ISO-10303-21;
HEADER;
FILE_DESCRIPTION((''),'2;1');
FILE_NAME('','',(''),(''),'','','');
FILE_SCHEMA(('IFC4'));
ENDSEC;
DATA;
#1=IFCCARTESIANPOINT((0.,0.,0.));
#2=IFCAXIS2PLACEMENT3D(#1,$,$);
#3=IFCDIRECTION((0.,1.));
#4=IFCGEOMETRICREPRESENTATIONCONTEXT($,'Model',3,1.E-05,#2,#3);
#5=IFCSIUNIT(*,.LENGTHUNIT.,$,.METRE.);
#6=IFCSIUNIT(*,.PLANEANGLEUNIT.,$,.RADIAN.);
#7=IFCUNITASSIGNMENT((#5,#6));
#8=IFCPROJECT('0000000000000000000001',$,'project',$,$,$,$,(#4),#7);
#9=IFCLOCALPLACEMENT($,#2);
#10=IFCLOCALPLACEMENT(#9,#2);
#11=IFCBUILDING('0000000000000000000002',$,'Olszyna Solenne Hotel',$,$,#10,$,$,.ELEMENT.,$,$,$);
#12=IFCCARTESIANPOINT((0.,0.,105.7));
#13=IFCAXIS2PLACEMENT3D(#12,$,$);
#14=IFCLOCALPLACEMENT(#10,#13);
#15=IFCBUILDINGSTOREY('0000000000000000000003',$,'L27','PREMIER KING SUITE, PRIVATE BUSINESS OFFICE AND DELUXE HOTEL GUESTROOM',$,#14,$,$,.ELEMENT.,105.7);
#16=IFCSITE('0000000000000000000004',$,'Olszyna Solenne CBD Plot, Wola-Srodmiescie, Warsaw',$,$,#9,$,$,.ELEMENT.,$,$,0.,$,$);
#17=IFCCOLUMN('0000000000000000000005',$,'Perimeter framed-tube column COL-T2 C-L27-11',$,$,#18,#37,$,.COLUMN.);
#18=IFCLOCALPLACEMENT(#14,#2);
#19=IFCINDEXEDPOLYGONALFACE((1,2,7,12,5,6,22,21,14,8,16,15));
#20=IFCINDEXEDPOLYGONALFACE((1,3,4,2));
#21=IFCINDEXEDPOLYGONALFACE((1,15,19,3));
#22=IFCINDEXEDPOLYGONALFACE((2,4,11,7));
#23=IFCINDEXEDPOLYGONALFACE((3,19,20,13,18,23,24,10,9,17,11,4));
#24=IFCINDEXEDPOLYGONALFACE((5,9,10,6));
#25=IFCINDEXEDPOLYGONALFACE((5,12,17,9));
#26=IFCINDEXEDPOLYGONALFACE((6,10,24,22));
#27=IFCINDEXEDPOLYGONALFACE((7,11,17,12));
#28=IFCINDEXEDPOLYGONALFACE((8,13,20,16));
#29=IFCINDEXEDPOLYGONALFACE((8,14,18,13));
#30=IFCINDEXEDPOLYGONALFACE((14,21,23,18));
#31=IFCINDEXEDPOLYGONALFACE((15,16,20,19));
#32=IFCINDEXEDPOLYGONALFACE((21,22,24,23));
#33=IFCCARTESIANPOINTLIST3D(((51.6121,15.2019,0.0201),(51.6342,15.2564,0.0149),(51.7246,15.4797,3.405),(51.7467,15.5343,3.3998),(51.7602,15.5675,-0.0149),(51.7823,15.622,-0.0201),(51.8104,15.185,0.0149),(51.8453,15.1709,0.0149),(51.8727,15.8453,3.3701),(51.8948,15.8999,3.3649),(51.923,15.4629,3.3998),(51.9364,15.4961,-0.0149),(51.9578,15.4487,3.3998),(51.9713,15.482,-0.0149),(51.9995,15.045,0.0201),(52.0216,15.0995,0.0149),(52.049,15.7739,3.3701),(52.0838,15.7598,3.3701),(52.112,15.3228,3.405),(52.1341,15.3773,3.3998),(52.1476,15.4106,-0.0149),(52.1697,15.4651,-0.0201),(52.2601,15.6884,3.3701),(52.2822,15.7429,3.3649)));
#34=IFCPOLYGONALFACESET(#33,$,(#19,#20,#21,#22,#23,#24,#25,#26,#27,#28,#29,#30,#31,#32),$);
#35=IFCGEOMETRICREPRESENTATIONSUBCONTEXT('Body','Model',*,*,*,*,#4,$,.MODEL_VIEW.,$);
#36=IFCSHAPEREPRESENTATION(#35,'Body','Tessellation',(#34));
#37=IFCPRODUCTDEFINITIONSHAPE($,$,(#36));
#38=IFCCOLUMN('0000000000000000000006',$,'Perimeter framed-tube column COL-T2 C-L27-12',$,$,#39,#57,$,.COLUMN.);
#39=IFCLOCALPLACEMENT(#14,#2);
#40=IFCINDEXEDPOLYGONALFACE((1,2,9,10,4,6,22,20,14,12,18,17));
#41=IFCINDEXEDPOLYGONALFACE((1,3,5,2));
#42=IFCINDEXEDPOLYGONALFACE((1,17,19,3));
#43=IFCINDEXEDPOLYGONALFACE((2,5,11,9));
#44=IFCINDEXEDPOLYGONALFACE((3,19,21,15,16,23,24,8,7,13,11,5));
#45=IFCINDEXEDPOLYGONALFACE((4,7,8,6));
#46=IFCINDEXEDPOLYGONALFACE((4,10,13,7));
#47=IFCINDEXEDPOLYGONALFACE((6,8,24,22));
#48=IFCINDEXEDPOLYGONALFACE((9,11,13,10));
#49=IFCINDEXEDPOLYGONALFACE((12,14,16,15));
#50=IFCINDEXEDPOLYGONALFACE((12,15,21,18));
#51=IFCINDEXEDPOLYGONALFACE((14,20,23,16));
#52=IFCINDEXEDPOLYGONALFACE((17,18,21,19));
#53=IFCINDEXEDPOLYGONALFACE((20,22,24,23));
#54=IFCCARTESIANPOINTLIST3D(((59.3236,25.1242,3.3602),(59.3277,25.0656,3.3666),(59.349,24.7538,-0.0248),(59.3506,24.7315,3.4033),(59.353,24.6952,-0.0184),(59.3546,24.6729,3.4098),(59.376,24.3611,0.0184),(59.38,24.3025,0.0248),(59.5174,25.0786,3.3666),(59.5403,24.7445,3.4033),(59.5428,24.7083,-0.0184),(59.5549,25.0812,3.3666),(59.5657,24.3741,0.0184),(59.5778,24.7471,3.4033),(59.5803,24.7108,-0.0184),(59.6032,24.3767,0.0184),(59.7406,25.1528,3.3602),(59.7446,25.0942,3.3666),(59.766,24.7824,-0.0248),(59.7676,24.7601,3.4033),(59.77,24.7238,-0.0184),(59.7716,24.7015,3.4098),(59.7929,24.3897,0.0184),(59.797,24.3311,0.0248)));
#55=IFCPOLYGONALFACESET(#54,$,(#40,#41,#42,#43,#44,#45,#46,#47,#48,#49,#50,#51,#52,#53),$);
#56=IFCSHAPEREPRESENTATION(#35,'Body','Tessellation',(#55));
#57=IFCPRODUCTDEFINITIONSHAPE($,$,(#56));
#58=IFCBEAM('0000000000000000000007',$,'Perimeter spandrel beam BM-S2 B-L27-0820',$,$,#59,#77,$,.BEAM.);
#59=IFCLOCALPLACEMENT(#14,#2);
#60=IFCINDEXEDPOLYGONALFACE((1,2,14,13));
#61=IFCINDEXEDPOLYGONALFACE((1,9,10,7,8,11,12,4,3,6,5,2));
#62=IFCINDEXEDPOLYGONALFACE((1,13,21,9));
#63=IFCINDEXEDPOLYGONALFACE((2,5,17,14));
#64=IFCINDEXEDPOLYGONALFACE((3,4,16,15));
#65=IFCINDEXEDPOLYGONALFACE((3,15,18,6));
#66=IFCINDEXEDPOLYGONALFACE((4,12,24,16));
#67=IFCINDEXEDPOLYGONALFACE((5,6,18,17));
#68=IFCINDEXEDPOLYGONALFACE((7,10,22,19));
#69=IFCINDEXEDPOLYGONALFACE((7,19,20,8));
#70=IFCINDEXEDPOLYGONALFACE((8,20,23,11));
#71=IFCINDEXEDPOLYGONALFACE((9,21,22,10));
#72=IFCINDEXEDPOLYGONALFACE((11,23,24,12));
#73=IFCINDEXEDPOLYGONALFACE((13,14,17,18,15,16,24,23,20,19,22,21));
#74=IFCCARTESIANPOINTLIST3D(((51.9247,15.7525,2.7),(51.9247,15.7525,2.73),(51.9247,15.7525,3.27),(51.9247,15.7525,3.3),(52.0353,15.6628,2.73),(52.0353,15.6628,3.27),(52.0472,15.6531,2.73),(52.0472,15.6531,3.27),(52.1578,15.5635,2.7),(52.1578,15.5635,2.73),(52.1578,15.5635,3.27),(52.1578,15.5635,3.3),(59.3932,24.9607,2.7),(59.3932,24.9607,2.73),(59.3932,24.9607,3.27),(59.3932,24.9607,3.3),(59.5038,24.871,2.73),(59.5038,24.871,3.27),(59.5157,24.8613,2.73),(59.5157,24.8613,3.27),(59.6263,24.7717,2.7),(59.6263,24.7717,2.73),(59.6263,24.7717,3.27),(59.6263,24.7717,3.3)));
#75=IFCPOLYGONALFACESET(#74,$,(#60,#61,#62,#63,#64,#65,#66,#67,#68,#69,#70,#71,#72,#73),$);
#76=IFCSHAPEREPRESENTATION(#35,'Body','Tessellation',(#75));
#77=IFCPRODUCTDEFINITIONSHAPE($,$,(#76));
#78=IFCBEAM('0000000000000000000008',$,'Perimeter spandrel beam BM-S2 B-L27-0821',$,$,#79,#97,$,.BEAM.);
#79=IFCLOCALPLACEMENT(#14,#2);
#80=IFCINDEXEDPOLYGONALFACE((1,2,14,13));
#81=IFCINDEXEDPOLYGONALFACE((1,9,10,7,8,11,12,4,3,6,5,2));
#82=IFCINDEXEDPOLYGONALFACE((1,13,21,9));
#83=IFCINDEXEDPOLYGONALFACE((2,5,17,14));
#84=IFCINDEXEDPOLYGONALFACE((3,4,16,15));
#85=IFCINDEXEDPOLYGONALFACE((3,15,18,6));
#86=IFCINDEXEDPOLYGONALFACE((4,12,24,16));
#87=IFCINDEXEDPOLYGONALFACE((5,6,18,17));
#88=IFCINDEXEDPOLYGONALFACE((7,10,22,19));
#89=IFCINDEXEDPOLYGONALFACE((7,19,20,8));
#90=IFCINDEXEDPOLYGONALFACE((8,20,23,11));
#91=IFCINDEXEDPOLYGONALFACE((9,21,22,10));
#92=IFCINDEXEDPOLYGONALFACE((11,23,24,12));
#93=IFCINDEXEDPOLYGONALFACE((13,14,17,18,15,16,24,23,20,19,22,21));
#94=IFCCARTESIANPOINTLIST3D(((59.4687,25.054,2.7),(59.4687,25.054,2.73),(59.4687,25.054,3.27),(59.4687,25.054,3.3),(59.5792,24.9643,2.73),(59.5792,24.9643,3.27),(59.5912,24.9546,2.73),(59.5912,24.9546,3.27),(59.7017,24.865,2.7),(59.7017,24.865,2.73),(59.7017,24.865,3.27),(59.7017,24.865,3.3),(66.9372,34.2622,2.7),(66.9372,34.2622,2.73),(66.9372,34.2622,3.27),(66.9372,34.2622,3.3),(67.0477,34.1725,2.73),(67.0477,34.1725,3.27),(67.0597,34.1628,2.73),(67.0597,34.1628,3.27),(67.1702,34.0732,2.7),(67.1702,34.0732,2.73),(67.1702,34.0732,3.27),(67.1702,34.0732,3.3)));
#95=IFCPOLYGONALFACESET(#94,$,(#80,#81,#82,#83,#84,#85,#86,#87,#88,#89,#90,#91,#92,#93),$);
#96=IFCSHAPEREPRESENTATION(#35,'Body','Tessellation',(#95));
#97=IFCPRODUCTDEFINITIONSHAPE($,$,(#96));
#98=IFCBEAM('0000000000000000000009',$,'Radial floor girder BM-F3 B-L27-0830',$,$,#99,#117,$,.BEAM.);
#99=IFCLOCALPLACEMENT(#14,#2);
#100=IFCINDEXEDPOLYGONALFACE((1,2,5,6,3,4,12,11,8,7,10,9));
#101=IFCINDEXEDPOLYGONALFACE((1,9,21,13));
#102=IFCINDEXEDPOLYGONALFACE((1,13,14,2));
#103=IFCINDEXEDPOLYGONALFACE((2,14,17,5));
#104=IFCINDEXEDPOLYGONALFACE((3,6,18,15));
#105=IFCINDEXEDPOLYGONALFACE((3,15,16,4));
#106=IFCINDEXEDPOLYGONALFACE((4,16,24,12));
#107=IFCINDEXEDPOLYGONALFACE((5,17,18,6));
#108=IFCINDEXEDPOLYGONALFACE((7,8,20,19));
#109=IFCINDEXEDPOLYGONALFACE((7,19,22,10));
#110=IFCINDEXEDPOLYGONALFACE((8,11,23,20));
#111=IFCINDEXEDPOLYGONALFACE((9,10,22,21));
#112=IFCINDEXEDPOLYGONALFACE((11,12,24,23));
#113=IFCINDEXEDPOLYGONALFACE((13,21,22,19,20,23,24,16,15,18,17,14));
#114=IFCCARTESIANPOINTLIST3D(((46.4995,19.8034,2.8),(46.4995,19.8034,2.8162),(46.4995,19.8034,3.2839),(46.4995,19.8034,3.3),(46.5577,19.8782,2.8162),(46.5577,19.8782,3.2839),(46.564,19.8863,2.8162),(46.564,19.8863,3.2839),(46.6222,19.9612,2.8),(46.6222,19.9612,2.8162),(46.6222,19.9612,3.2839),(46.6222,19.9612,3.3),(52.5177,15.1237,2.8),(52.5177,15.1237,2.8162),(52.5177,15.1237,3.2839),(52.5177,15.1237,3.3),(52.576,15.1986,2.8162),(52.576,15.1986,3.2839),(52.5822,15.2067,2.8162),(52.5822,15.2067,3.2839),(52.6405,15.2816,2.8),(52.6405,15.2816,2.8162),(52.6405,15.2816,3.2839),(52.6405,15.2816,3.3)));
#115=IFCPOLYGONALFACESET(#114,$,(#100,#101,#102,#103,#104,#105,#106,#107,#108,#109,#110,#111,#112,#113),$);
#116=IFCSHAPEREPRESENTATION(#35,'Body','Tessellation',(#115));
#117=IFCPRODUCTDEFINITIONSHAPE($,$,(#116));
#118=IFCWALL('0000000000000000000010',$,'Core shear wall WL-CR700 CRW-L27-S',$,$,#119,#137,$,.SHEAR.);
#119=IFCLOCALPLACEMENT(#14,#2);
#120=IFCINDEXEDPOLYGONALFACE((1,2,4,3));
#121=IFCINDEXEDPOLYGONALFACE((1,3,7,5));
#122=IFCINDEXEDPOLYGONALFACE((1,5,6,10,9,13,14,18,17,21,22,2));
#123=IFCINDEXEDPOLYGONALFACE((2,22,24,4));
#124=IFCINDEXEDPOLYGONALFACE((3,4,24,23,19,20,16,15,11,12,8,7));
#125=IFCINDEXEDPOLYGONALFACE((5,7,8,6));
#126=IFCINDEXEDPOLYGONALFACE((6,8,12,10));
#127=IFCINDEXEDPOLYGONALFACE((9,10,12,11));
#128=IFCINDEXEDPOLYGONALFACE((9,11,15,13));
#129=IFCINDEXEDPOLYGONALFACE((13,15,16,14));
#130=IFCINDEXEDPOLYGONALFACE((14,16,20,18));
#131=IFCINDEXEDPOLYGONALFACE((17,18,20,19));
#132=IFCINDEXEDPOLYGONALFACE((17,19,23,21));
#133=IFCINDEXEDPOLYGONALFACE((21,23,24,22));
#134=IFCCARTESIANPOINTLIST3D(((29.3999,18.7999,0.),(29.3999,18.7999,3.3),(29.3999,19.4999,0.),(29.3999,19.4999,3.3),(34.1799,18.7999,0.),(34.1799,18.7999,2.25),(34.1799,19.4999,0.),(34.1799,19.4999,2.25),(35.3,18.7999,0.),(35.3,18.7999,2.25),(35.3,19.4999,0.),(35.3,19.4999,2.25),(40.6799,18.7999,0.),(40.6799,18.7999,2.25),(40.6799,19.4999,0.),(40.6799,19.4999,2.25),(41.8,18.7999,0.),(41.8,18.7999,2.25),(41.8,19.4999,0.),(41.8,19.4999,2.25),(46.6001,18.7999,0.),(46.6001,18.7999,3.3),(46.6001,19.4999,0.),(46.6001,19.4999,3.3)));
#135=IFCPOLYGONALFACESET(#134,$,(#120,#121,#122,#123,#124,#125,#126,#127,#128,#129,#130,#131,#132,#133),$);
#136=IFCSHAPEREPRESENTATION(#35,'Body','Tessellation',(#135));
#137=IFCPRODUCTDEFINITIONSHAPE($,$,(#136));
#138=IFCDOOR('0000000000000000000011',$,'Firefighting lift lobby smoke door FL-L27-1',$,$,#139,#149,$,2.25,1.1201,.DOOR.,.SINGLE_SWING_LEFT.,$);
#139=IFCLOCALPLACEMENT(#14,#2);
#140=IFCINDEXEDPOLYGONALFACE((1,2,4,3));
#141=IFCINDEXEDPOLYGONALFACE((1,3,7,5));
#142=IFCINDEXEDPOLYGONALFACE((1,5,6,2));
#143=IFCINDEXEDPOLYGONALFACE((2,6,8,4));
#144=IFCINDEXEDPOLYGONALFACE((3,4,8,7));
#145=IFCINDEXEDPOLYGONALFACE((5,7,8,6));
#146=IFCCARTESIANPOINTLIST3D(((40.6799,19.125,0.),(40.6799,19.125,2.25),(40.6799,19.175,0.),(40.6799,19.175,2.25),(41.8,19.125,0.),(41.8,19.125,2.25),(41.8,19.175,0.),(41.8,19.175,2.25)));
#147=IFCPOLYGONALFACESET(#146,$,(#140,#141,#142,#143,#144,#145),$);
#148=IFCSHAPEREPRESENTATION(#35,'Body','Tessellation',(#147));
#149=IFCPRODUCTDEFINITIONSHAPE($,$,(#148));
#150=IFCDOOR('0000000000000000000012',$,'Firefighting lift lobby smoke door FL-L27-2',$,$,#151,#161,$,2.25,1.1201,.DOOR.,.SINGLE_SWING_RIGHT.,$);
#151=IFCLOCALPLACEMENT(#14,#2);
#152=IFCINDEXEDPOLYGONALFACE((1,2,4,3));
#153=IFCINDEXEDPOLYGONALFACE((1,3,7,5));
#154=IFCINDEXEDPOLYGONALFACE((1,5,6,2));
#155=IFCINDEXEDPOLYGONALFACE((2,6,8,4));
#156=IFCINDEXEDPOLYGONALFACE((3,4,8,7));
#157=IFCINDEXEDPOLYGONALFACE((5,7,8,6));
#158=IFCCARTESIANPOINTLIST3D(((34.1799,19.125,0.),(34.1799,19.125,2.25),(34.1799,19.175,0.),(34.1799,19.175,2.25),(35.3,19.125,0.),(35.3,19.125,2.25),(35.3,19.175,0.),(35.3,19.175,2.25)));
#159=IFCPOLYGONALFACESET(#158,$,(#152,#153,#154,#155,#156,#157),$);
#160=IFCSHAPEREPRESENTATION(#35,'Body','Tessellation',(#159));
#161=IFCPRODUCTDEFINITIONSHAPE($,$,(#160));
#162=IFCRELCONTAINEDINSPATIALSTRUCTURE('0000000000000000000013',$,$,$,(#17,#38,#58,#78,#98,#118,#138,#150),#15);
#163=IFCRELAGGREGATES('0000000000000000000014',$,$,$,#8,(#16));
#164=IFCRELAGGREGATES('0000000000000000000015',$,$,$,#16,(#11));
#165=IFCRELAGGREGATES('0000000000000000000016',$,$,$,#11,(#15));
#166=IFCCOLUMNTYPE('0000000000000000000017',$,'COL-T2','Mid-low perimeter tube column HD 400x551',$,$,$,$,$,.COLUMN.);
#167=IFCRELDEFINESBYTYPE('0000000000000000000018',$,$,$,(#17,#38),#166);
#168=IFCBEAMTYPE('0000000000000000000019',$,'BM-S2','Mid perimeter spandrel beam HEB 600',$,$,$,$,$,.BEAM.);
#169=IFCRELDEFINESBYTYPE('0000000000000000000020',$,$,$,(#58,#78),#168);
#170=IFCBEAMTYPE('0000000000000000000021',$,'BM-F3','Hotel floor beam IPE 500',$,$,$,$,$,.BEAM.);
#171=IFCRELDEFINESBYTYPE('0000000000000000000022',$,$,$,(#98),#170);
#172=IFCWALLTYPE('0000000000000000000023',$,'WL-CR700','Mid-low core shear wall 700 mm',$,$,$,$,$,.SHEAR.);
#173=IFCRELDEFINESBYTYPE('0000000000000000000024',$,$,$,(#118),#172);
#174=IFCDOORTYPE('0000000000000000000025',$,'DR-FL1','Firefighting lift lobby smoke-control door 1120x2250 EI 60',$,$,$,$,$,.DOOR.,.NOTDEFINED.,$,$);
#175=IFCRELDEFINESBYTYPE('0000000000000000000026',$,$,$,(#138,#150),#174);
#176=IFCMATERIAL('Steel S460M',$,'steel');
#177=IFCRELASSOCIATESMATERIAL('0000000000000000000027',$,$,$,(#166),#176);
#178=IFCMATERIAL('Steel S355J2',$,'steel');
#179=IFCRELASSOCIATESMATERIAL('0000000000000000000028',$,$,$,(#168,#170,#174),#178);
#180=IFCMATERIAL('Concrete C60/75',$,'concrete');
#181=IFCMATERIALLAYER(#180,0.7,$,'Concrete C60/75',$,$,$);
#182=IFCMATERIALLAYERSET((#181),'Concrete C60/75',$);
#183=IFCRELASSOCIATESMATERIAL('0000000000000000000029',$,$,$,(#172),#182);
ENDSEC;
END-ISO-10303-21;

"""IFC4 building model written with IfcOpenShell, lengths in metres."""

from ifc_helpers import new_model, si_unit, direction, frame, frame_2d, origin, origin_2d, place, context, subcontext, project, spatial, rectangle, i_section, extrude, source, transform, mapped, material, layer, layer_set, material_profile, profile_set, type_object, type_shapes, element, fill, save


model = new_model("IFC4")

# Units and contexts
model_context = context("Model", 3, precision=1e-05, world=origin(), true_north=direction((0.0, 1.0)))
body_context = subcontext(model_context, "Body", "Model", "MODEL_VIEW")
ifc_project = project(units=[si_unit("LENGTHUNIT", "METRE"), si_unit("PLANEANGLEUNIT", "RADIAN")], contexts=[model_context])

# Site, building, storey
site_placement = place(None, origin())
site = spatial("IfcSite", under=ifc_project, at=site_placement, Name="Olszyna Solenne CBD Plot, Wola-Srodmiescie, Warsaw", CompositionType="ELEMENT", RefElevation=0.0)
building_placement = place(site_placement, origin())
building = spatial("IfcBuilding", under=site, at=building_placement, Name="Olszyna Solenne Hotel", CompositionType="ELEMENT")
storey_placement = place(building_placement, frame((0.0, 0.0, 105.7)))
storey = spatial("IfcBuildingStorey", under=building, at=storey_placement, Name="L27", Description="PREMIER KING SUITE, PRIVATE BUSINESS OFFICE AND DELUXE HOTEL GUESTROOM", CompositionType="ELEMENT", Elevation=105.7)

# Columns
ifc_material_1 = material(Name="Steel S460M", Category="steel")
ifc_material_profile_1 = material_profile(ifc_material_1, i_section(OverallWidth=0.418, OverallDepth=0.4551, WebThickness=0.0376, FlangeThickness=0.0591, at=origin_2d()), Name="HD 400x551", Category="load-bearing")
ifc_profile_set_1 = profile_set([ifc_material_profile_1], Name="Steel S460M")
column_type = type_object("IfcColumnType", Name="COL-T2", Description="Mid-low perimeter tube column HD 400x551", PredefinedType="COLUMN", material=ifc_profile_set_1)
shared_shape_1 = source(origin(), body_context, "Body", "SweptSolid", [
    extrude(i_section(OverallWidth=0.418, OverallDepth=0.4551, WebThickness=0.0376, FlangeThickness=0.0591, at=origin_2d()), origin(), (0.0, 0.0, 1.0), 3.3982),
])
column_1_placement = place(storey_placement, frame((51.8909, 15.3335, 0.0), z_axis=(0.03312, 0.081757, 0.996102), x_axis=(-0.926839, 0.375459, 0.0)))
element("IfcColumn", 1, at=column_1_placement, inside=storey, type_object=column_type, Name="Perimeter framed-tube column COL-T2 C-L27-11", PredefinedType="COLUMN", context=body_context, shape_type="MappedRepresentation", body=[
    mapped(shared_shape_1, transform((0.0, 0.0, 0.0), x_axis=(1.0, 0.0, 0.0), y_axis=(0.0, 1.0, 0.0), z_axis=(0.0, 0.0, 1.0), scale=1.0)),
])
shared_shape_2 = source(origin(), body_context, "Body", "SweptSolid", [
    extrude(i_section(OverallWidth=0.418, OverallDepth=0.4551, WebThickness=0.0376, FlangeThickness=0.0591, at=origin_2d()), origin(), (0.0, 0.0, 1.0), 3.4053),
])
column_2_placement = place(storey_placement, frame((59.573, 24.5425, 0.0), z_axis=(-0.007456, 0.10876, 0.99404), x_axis=(-0.997658, -0.068396, 0.0)))
element("IfcColumn", 2, at=column_2_placement, inside=storey, type_object=column_type, Name="Perimeter framed-tube column COL-T2 C-L27-12", PredefinedType="COLUMN", context=body_context, shape_type="MappedRepresentation", body=[
    mapped(shared_shape_2, transform((0.0, 0.0, 0.0), x_axis=(1.0, 0.0, 0.0), y_axis=(0.0, 1.0, 0.0), z_axis=(0.0, 0.0, 1.0), scale=1.0)),
])

# Beams
ifc_material_2 = material(Name="Steel S355J2", Category="steel")
ifc_material_profile_2 = material_profile(ifc_material_2, i_section(OverallWidth=0.3, OverallDepth=0.6001, WebThickness=0.0154, FlangeThickness=0.03, at=origin_2d()), Name="HEB 600", Category="load-bearing")
ifc_profile_set_2 = profile_set([ifc_material_profile_2], Name="Steel S355J2")
beam_type_1 = type_object("IfcBeamType", Name="BM-S2", Description="Mid perimeter spandrel beam HEB 600", PredefinedType="BEAM", material=ifc_profile_set_2)
shared_shape_3 = source(origin(), body_context, "Body", "SweptSolid", [
    extrude(i_section(OverallWidth=0.3, OverallDepth=0.6001, WebThickness=0.0154, FlangeThickness=0.03, at=origin_2d()), origin(), (0.0, 0.0, 1.0), 11.8562),
])
for number, where, z_axis, x_axis, name in (
    (3, (52.0413, 15.658, 3.0), (0.629922, 0.776659, 0.0), (-0.776659, 0.629922, 0.0), "Perimeter spandrel beam BM-S2 B-L27-0820"),
    (4, (59.5852, 24.9595, 3.0), (0.629922, 0.776659, 0.0), (-0.776659, 0.629922, 0.0), "Perimeter spandrel beam BM-S2 B-L27-0821"),
):
    element("IfcBeam", number, at=place(storey_placement, frame(where, z_axis=z_axis, x_axis=x_axis)), inside=storey, type_object=beam_type_1, Name=name, PredefinedType="BEAM", context=body_context, shape_type="MappedRepresentation", body=[
        mapped(shared_shape_3, transform((0.0, 0.0, 0.0), x_axis=(1.0, 0.0, 0.0), y_axis=(0.0, 1.0, 0.0), z_axis=(0.0, 0.0, 1.0), scale=1.0)),
    ])
ifc_material_profile_3 = material_profile(ifc_material_2, i_section(OverallWidth=0.2, OverallDepth=0.5, WebThickness=0.0103, FlangeThickness=0.0161, at=origin_2d()), Name="IPE 500", Category="load-bearing")
ifc_profile_set_3 = profile_set([ifc_material_profile_3], Name="Steel S355J2")
beam_type_2 = type_object("IfcBeamType", Name="BM-F3", Description="Hotel floor beam IPE 500", PredefinedType="BEAM", material=ifc_profile_set_3)
shared_shape_4 = source(origin(), body_context, "Body", "SweptSolid", [
    extrude(i_section(OverallWidth=0.2, OverallDepth=0.5, WebThickness=0.0103, FlangeThickness=0.0161, at=origin_2d()), origin(), (0.0, 0.0, 1.0), 7.6235),
])
beam_placement = place(storey_placement, frame((52.5791, 15.2026, 3.05), z_axis=(-0.78943, 0.613841, 0.0), x_axis=(-0.613841, -0.78943, 0.0)))
element("IfcBeam", 5, at=beam_placement, inside=storey, type_object=beam_type_2, Name="Radial floor girder BM-F3 B-L27-0830", PredefinedType="BEAM", context=body_context, shape_type="MappedRepresentation", body=[
    mapped(shared_shape_4, transform((0.0, 0.0, 0.0), x_axis=(1.0, 0.0, 0.0), y_axis=(0.0, 1.0, 0.0), z_axis=(0.0, 0.0, 1.0), scale=1.0)),
])

# Wall, openings, doors
ifc_material_3 = material(Name="Concrete C60/75", Category="concrete")
ifc_layer_1 = layer(ifc_material_3, 0.7, Name="Concrete C60/75")
ifc_layer_set_1 = layer_set([ifc_layer_1], Name="Concrete C60/75")
wall_type_1 = type_object("IfcWallType", Name="WL-CR700", Description="Mid-low core shear wall 700 mm", PredefinedType="SHEAR", material=ifc_layer_set_1)
wall_1_placement = place(storey_placement, frame((46.6001, 19.1499, 0.0), z_axis=(0.0, 0.0, 1.0), x_axis=(-1.0, 0.0, 0.0)))
wall_1 = element("IfcWall", 6, at=wall_1_placement, inside=storey, type_object=wall_type_1, Name="Core shear wall WL-CR700 CRW-L27-S", PredefinedType="SHEAR", context=body_context, shape_type="SweptSolid", body=[
    extrude(rectangle(XDim=17.2002, YDim=0.7, at=frame_2d((8.6001, 0.0))), origin(), (0.0, 0.0, 1.0), 3.3),
])
opening_1_placement = place(wall_1_placement, frame((4.8, 0.0, 0.0)))
opening_1 = element("IfcOpeningElement", 7, at=opening_1_placement, cuts=wall_1, PredefinedType="OPENING", context=body_context, shape_type="SweptSolid", body=[
    extrude(rectangle(XDim=1.1201, YDim=2.25, at=frame_2d((0.5601, 1.125))), frame((0.0, 0.3599, 0.0), z_axis=(0.0, -1.0, 0.0), x_axis=(1.0, 0.0, 0.0)), (0.0, 0.0, 1.0), 0.72),
])
opening_2_placement = place(wall_1_placement, frame((11.3, 0.0, 0.0)))
opening_2 = element("IfcOpeningElement", 8, at=opening_2_placement, cuts=wall_1, PredefinedType="OPENING", context=body_context, shape_type="SweptSolid", body=[
    extrude(rectangle(XDim=1.1201, YDim=2.25, at=frame_2d((0.5601, 1.125))), frame((0.0, 0.3599, 0.0), z_axis=(0.0, -1.0, 0.0), x_axis=(1.0, 0.0, 0.0)), (0.0, 0.0, 1.0), 0.72),
])
door_type_1 = type_object("IfcDoorType", Name="DR-FL1", Description="Firefighting lift lobby smoke-control door 1120x2250 EI 60", OperationType="NOTDEFINED", PredefinedType="DOOR", material=ifc_material_2)
shared_shape_5 = source(origin(), body_context, "Body", "SweptSolid", [
    extrude(rectangle(XDim=1.1201, YDim=2.25, at=frame_2d((0.5601, 1.125))), frame((0.0, 0.0249, 0.0), z_axis=(0.0, -1.0, 0.0), x_axis=(1.0, 0.0, 0.0)), (0.0, 0.0, 1.0), 0.05),
])
type_shapes(door_type_1, [shared_shape_5])
door_1_placement = place(opening_1_placement, origin())
door_1 = element("IfcDoor", 9, at=door_1_placement, inside=storey, type_object=door_type_1, Name="Firefighting lift lobby smoke door FL-L27-1", OperationType="SINGLE_SWING_LEFT", OverallHeight=2.25, OverallWidth=1.1201, PredefinedType="DOOR", context=body_context, shape_type="MappedRepresentation", body=[
    mapped(shared_shape_5, transform((0.0, 0.0, 0.0), x_axis=(1.0, 0.0, 0.0), y_axis=(0.0, 1.0, 0.0), z_axis=(0.0, 0.0, 1.0), scale=1.0)),
])
fill(opening_1, door_1)
door_2_placement = place(opening_2_placement, origin())
door_2 = element("IfcDoor", 10, at=door_2_placement, inside=storey, type_object=door_type_1, Name="Firefighting lift lobby smoke door FL-L27-2", OperationType="SINGLE_SWING_RIGHT", OverallHeight=2.25, OverallWidth=1.1201, PredefinedType="DOOR", context=body_context, shape_type="MappedRepresentation", body=[
    mapped(shared_shape_5, transform((0.0, 0.0, 0.0), x_axis=(1.0, 0.0, 0.0), y_axis=(0.0, 1.0, 0.0), z_axis=(0.0, 0.0, 1.0), scale=1.0)),
])
fill(opening_2, door_2)

save(model, "model.ifc")
